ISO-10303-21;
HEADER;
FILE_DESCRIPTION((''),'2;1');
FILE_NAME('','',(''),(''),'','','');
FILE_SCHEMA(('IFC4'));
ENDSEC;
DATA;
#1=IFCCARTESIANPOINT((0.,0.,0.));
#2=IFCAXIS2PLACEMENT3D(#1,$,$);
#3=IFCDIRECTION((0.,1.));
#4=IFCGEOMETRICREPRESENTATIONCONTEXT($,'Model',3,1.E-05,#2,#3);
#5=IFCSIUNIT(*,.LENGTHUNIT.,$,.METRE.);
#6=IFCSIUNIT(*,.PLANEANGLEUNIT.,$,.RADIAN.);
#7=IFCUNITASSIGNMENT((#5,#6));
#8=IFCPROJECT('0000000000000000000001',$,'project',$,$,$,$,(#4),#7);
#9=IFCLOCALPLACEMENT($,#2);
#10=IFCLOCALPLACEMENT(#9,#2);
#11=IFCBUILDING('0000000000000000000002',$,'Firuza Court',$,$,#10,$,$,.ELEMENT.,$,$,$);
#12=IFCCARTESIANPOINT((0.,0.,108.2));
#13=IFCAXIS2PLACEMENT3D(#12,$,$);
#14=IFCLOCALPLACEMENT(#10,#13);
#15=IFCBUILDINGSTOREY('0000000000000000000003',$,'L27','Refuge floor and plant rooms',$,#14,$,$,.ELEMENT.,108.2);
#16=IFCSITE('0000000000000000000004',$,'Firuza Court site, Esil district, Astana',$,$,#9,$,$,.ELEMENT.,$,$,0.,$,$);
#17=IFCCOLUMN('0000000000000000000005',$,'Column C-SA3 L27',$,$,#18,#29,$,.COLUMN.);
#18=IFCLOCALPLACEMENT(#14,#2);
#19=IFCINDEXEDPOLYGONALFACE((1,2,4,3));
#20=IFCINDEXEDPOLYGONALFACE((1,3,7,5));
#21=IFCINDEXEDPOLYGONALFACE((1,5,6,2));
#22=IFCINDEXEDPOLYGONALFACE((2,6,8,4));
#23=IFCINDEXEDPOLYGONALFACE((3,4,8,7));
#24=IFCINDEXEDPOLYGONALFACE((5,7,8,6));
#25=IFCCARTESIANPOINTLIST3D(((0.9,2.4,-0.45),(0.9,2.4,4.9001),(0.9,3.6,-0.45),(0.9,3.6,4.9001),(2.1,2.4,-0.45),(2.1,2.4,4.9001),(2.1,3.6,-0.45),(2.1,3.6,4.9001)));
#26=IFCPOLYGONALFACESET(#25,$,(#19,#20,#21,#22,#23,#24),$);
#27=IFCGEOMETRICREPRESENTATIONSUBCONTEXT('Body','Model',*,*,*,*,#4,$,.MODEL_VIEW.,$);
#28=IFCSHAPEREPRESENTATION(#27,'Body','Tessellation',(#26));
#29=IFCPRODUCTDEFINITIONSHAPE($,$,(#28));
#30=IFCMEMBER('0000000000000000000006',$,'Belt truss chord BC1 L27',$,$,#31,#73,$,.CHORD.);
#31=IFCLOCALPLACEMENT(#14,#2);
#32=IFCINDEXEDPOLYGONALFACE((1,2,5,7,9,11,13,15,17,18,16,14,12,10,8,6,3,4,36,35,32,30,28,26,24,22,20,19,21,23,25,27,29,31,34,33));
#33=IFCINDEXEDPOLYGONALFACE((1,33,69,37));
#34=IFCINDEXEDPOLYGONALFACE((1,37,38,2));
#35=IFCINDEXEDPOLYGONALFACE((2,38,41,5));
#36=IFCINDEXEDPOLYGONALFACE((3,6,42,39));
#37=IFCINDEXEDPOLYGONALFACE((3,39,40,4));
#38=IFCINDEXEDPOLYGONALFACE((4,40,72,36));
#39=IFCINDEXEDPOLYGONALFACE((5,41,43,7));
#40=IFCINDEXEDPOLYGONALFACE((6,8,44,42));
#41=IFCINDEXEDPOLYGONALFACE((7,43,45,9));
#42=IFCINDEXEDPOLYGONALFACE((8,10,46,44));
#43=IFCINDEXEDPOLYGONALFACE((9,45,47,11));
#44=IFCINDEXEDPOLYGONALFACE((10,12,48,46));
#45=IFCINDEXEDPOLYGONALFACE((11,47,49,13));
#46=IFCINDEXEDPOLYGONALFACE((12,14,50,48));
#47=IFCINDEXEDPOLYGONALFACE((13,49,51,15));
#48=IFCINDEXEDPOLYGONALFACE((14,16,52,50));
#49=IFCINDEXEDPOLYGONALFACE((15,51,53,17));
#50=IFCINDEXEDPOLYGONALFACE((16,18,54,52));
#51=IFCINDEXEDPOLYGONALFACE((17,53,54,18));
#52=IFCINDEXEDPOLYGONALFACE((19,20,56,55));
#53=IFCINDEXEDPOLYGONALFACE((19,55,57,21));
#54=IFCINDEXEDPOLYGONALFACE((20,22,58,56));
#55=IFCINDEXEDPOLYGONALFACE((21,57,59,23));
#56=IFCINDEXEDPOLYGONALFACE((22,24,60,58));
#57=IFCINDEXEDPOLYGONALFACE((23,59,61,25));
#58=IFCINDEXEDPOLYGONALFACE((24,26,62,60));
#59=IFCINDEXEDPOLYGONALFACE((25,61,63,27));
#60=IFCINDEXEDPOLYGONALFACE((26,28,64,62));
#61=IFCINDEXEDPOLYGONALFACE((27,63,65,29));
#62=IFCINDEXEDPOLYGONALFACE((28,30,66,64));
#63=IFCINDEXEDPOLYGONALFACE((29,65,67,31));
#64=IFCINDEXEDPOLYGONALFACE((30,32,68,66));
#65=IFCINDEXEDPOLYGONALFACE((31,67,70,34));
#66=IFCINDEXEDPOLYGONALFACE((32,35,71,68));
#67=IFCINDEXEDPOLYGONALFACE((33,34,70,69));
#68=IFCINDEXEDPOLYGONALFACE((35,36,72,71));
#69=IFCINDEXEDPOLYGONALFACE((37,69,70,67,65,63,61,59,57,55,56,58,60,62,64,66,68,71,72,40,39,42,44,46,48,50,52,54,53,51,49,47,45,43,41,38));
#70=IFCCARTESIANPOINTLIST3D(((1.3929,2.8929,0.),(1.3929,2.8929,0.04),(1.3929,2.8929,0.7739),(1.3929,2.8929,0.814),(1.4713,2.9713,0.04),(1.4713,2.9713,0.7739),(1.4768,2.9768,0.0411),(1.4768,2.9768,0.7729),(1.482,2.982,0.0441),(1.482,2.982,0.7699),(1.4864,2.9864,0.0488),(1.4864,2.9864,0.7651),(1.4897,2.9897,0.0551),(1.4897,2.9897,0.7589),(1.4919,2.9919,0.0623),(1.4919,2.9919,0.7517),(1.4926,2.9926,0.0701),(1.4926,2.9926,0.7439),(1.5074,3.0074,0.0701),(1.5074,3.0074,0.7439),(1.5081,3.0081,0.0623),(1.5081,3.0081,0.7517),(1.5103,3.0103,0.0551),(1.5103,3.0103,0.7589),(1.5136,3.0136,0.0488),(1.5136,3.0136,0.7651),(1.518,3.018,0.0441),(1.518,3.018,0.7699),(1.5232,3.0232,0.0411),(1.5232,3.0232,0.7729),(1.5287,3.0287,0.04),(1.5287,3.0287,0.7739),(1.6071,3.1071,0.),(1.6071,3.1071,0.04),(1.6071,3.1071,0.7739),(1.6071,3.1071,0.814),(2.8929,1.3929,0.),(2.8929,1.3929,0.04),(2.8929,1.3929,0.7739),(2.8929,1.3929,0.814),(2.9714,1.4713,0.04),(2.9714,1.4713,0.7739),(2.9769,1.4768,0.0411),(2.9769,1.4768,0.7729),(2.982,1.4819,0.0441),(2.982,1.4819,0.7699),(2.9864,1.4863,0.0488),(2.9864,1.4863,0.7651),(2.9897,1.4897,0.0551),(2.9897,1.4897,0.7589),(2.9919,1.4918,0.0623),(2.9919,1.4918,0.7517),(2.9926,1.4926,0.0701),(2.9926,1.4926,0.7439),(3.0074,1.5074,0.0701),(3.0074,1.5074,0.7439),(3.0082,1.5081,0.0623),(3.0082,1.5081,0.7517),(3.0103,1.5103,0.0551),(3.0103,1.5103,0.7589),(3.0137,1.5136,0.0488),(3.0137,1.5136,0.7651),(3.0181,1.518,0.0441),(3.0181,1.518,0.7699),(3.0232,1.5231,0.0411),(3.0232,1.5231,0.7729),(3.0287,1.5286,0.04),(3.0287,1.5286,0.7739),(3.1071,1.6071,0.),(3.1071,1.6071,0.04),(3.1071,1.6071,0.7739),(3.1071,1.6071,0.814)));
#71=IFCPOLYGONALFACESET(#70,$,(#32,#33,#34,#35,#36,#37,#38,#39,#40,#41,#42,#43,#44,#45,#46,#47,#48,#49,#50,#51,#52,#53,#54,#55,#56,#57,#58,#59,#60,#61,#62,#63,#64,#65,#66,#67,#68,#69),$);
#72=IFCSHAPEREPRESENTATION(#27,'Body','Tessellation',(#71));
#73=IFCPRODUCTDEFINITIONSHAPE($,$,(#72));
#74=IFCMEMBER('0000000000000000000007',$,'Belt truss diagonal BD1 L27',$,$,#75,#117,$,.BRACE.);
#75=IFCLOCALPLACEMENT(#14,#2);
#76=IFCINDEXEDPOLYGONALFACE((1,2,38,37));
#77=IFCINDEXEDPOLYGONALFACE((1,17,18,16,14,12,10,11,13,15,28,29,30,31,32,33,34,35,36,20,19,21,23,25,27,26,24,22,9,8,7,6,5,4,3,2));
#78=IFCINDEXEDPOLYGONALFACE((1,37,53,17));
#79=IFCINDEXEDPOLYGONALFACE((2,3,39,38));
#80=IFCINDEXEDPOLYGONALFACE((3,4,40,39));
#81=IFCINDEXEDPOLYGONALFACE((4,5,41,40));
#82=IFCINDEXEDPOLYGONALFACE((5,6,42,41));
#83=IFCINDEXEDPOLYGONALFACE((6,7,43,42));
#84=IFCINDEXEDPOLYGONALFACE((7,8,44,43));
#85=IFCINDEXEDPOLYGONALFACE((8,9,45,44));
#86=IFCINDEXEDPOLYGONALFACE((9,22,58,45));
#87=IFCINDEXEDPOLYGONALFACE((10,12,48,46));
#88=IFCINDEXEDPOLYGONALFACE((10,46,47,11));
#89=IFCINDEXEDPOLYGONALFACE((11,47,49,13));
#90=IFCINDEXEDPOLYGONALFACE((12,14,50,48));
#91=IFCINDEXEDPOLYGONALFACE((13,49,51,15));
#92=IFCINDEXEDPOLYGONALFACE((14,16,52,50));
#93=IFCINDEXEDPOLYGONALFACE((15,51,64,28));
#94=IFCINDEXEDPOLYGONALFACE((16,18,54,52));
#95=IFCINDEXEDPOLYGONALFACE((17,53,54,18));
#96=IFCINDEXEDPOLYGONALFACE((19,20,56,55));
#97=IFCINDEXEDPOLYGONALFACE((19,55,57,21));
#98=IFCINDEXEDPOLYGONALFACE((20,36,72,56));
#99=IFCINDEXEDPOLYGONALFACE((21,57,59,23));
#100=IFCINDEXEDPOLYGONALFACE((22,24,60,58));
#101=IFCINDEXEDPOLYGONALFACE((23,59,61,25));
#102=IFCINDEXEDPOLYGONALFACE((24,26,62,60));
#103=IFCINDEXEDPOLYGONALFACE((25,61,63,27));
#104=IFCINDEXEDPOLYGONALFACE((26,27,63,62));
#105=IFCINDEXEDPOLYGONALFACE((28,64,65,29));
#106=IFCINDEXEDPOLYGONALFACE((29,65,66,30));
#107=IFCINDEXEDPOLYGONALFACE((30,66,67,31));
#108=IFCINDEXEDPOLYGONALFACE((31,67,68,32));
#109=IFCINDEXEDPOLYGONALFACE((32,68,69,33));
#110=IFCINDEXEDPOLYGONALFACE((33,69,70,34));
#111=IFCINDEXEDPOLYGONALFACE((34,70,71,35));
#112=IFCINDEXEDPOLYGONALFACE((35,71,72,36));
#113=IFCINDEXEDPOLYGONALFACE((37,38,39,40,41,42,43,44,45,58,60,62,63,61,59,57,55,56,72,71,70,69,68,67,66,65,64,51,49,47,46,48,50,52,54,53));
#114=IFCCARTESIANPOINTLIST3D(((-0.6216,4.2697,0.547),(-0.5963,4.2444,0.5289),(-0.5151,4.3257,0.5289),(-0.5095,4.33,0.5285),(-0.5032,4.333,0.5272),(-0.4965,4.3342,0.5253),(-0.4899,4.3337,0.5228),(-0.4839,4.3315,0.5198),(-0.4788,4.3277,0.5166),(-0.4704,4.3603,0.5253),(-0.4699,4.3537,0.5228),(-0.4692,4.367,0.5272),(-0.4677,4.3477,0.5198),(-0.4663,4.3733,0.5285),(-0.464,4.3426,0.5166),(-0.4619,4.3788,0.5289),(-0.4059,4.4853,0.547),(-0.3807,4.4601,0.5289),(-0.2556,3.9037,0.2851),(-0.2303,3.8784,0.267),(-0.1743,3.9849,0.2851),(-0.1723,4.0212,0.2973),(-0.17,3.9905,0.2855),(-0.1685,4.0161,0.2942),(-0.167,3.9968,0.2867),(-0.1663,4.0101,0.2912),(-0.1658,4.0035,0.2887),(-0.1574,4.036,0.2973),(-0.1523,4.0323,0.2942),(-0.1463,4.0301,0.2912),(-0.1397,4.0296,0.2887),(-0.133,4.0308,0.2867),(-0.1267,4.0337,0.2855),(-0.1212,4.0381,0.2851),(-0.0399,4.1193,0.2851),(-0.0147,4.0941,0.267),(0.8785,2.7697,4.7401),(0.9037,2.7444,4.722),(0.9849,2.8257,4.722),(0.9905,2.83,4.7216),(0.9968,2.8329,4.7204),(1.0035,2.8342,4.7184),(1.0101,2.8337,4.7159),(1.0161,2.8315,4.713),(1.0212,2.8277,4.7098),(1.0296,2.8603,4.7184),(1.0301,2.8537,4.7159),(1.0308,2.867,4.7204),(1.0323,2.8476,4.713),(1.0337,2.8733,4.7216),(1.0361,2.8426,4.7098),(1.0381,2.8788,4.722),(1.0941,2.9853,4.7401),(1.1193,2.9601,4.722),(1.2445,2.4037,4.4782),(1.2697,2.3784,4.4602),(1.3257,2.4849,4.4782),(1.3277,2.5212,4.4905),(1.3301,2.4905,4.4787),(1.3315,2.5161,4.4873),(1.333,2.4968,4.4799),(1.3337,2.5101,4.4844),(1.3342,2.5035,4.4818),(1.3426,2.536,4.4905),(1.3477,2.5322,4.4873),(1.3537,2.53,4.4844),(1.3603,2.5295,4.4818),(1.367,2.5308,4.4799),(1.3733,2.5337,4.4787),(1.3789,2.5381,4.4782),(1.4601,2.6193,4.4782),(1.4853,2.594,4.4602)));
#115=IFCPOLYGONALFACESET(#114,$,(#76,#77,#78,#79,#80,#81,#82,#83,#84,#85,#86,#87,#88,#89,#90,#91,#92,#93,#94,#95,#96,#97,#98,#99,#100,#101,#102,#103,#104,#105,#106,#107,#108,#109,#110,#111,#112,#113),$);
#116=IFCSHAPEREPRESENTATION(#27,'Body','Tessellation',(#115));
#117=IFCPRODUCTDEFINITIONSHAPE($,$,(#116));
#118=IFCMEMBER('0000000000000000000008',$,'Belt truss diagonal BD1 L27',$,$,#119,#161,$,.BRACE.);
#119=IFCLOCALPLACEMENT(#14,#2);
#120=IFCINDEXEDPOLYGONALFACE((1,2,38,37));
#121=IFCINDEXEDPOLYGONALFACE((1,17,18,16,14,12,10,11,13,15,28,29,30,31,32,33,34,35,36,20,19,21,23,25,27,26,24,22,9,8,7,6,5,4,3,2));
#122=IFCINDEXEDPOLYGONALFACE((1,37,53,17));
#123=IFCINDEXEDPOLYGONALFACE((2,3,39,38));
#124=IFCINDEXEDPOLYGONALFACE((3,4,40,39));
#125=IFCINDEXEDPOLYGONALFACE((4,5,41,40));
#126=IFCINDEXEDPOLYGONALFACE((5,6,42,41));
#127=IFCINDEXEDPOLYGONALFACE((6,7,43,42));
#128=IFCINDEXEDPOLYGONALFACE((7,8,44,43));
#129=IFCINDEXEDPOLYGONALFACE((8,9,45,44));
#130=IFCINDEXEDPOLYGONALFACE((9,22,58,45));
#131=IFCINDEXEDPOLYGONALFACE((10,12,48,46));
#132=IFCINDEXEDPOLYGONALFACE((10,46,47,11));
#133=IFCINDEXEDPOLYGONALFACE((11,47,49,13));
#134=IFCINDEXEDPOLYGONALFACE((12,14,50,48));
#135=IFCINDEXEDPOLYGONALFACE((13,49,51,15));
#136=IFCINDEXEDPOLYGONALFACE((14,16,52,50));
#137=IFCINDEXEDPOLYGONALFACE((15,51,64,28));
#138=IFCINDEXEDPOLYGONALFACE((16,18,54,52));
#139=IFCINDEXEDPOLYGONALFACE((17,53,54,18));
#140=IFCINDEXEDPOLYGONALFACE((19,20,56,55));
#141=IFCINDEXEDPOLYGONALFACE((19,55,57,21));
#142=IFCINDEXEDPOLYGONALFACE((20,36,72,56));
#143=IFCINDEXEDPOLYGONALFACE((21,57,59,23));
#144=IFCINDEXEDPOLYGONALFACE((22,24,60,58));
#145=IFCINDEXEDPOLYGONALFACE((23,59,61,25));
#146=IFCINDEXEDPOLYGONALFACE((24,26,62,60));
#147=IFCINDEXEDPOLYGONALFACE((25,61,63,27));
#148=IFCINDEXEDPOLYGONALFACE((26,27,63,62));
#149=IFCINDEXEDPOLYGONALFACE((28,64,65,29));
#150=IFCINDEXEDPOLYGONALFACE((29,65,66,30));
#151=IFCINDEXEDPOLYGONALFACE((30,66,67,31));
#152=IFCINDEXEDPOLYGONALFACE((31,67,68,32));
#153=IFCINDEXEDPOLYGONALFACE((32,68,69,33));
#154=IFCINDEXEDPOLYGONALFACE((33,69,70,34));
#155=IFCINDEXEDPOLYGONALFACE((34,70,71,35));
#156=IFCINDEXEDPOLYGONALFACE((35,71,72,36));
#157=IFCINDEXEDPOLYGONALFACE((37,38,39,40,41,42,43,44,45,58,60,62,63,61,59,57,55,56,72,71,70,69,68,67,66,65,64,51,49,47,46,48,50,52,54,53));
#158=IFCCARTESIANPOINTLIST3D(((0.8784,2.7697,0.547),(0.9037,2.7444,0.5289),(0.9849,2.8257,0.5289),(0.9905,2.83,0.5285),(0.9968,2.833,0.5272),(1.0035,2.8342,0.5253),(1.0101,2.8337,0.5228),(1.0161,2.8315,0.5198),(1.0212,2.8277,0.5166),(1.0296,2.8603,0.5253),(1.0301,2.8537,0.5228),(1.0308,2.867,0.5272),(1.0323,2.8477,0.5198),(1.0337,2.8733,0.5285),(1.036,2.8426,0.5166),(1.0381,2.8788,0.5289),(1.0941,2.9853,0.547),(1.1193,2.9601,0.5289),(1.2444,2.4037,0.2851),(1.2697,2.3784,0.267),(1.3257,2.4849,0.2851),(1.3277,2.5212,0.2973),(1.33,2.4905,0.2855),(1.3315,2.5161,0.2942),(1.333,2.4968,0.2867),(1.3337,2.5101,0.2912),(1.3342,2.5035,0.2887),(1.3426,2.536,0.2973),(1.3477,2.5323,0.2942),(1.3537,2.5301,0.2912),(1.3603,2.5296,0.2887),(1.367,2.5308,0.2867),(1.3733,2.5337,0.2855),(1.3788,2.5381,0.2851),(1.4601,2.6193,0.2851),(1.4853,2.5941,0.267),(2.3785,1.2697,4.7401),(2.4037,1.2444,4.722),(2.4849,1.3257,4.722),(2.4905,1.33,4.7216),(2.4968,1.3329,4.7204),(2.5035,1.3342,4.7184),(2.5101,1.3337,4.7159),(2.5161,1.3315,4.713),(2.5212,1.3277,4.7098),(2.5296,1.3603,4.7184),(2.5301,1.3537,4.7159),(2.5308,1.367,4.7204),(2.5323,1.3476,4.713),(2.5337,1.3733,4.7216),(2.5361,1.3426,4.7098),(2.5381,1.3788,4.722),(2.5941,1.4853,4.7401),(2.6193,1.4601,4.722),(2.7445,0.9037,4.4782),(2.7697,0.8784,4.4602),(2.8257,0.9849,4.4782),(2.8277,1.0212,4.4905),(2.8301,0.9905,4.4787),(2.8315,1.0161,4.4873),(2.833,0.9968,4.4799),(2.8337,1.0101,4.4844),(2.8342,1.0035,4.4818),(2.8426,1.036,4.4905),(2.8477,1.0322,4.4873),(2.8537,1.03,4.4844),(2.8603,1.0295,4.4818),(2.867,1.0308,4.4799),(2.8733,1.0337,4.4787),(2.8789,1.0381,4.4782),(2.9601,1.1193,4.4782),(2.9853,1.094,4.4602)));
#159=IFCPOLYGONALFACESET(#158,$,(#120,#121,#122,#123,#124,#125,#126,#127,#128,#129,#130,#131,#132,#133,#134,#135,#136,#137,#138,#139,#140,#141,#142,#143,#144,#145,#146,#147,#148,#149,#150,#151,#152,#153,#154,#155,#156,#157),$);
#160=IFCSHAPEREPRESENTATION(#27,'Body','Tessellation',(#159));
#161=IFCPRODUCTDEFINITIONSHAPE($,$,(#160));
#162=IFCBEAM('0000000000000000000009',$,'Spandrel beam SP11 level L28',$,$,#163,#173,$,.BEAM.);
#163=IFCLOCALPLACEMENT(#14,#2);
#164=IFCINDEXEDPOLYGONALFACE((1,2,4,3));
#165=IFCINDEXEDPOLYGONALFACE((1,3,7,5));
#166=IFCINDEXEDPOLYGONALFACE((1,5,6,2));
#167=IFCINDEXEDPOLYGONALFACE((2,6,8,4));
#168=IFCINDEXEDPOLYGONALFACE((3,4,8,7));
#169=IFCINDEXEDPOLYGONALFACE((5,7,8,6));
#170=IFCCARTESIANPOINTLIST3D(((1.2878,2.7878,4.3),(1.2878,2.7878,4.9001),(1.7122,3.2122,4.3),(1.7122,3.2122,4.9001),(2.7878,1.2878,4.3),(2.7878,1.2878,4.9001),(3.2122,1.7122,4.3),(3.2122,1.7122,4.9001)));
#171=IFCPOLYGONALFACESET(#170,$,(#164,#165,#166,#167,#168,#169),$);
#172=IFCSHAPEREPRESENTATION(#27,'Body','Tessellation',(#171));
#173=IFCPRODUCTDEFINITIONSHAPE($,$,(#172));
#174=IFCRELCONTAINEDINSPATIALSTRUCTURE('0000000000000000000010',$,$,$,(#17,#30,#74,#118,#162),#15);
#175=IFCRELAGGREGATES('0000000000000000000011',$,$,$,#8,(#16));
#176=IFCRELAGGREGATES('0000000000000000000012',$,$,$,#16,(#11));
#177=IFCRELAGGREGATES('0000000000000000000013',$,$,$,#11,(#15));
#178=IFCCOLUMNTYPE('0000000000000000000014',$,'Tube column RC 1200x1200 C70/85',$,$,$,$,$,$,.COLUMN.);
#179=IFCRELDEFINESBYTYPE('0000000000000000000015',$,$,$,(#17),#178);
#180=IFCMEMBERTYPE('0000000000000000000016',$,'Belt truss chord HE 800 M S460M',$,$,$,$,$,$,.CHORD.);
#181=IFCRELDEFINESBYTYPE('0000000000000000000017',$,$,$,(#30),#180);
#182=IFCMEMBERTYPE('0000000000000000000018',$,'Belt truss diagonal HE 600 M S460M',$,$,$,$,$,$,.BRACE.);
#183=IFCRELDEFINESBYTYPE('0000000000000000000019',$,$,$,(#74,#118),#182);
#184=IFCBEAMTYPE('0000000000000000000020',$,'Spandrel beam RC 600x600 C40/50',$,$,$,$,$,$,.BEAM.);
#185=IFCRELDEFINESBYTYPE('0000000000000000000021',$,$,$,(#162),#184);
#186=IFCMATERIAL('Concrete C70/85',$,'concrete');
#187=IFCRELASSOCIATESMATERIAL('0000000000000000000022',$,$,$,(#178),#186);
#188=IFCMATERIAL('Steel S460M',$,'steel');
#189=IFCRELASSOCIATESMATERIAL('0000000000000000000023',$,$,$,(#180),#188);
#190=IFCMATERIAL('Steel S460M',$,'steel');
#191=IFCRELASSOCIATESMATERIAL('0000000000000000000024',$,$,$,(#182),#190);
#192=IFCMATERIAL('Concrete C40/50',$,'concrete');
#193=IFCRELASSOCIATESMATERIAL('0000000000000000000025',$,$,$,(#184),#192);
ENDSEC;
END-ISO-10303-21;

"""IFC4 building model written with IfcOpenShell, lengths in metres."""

from ifc_helpers import new_model, si_unit, direction, frame, origin, origin_2d, place, context, subcontext, project, spatial, rectangle, i_section, extrude, material, material_profile, profile_set, type_object, element, save


model = new_model("IFC4")

# Units and contexts
model_context = context("Model", 3, precision=1e-05, world=origin(), true_north=direction((0.0, 1.0)))
body_context = subcontext(model_context, "Body", "Model", "MODEL_VIEW")
ifc_project = project(units=[si_unit("LENGTHUNIT", "METRE"), si_unit("PLANEANGLEUNIT", "RADIAN")], contexts=[model_context])

# Site, building, storey
site_placement = place(None, origin())
site = spatial("IfcSite", under=ifc_project, at=site_placement, Name="Firuza Court site, Esil district, Astana", CompositionType="ELEMENT", RefElevation=0.0)
building_placement = place(site_placement, origin())
building = spatial("IfcBuilding", under=site, at=building_placement, Name="Firuza Court", CompositionType="ELEMENT")
storey_placement = place(building_placement, frame((0.0, 0.0, 108.2)))
storey = spatial("IfcBuildingStorey", under=building, at=storey_placement, Name="L27", Description="Refuge floor and plant rooms", CompositionType="ELEMENT", Elevation=108.2)

# Column
ifc_material_1 = material(Name="Concrete C70/85", Category="concrete")
ifc_material_profile_1 = material_profile(ifc_material_1, rectangle(XDim=1.2, YDim=1.2, at=origin_2d()), Name="RC 1200x1200")
ifc_profile_set_1 = profile_set([ifc_material_profile_1], Name="Concrete C70/85")
column_type = type_object("IfcColumnType", Name="Tube column RC 1200x1200 C70/85", PredefinedType="COLUMN", material=ifc_profile_set_1)
column_placement = place(storey_placement, frame((1.5, 3.0, -0.45), z_axis=(0.0, 0.0, 1.0), x_axis=(1.0, 0.0, 0.0)))
element("IfcColumn", 1, at=column_placement, inside=storey, type_object=column_type, Name="Column C-SA3 L27", PredefinedType="COLUMN", context=body_context, shape_type="SweptSolid", body=[
    extrude(rectangle(XDim=1.2, YDim=1.2, at=origin_2d()), origin(), (0.0, 0.0, 1.0), 5.3501),
])

# Members
ifc_material_2 = material(Name="Steel S460M", Category="steel")
ifc_material_profile_2 = material_profile(ifc_material_2, i_section(OverallWidth=0.303, OverallDepth=0.814, WebThickness=0.021, FlangeThickness=0.04, FilletRadius=0.03, at=origin_2d()), Name="HE 800 M")
ifc_profile_set_2 = profile_set([ifc_material_profile_2], Name="Steel S460M")
member_type_1 = type_object("IfcMemberType", Name="Belt truss chord HE 800 M S460M", PredefinedType="CHORD", material=ifc_profile_set_2)
member_placement = place(storey_placement, frame((1.5, 3.0, 0.407), z_axis=(0.707107, -0.707107, 0.0), x_axis=(0.707107, 0.707107, 0.0)))
element("IfcMember", 2, at=member_placement, inside=storey, type_object=member_type_1, Name="Belt truss chord BC1 L27", PredefinedType="CHORD", context=body_context, shape_type="SweptSolid", body=[
    extrude(i_section(OverallWidth=0.303, OverallDepth=0.814, WebThickness=0.021, FlangeThickness=0.04, FilletRadius=0.03, at=origin_2d()), origin(), (0.0, 0.0, 1.0), 2.1213),
])
ifc_material_3 = material(Name="Steel S460M", Category="steel")
ifc_material_profile_3 = material_profile(ifc_material_3, i_section(OverallWidth=0.3049, OverallDepth=0.6201, WebThickness=0.021, FlangeThickness=0.04, FilletRadius=0.0271, at=origin_2d()), Name="HE 600 M")
ifc_profile_set_3 = profile_set([ifc_material_profile_3], Name="Steel S460M")
member_type_2 = type_object("IfcMemberType", Name="Belt truss diagonal HE 600 M S460M", PredefinedType="BRACE", material=ifc_profile_set_3)
for number, where, z_axis, x_axis, name in (
    (3, (-0.3181, 4.1819, 0.407), (0.319205, -0.319205, 0.892309), (0.707107, 0.707107, 0.0), "Belt truss diagonal BD1 L27"),
    (4, (1.1819, 2.6819, 0.407), (0.319205, -0.319205, 0.892309), (0.707107, 0.707107, 0.0), "Belt truss diagonal BD1 L27"),
):
    element("IfcMember", number, at=place(storey_placement, frame(where, z_axis=z_axis, x_axis=x_axis)), inside=storey, type_object=member_type_2, Name=name, PredefinedType="BRACE", context=body_context, shape_type="SweptSolid", body=[
        extrude(i_section(OverallWidth=0.3049, OverallDepth=0.6201, WebThickness=0.021, FlangeThickness=0.04, FilletRadius=0.0271, at=origin_2d()), origin(), (0.0, 0.0, 1.0), 4.6992),
    ])

# Beam
ifc_material_4 = material(Name="Concrete C40/50", Category="concrete")
ifc_material_profile_4 = material_profile(ifc_material_4, rectangle(XDim=0.6001, YDim=0.6001, at=origin_2d()), Name="RC 600x600")
ifc_profile_set_4 = profile_set([ifc_material_profile_4], Name="Concrete C40/50")
beam_type = type_object("IfcBeamType", Name="Spandrel beam RC 600x600 C40/50", PredefinedType="BEAM", material=ifc_profile_set_4)
beam_placement = place(storey_placement, frame((1.5, 3.0, 4.6001), z_axis=(0.707107, -0.707107, 0.0), x_axis=(0.707107, 0.707107, 0.0)))
element("IfcBeam", 5, at=beam_placement, inside=storey, type_object=beam_type, Name="Spandrel beam SP11 level L28", PredefinedType="BEAM", context=body_context, shape_type="SweptSolid", body=[
    extrude(rectangle(XDim=0.6001, YDim=0.6001, at=origin_2d()), origin(), (0.0, 0.0, 1.0), 2.1213),
])

save(model, "model.ifc")
